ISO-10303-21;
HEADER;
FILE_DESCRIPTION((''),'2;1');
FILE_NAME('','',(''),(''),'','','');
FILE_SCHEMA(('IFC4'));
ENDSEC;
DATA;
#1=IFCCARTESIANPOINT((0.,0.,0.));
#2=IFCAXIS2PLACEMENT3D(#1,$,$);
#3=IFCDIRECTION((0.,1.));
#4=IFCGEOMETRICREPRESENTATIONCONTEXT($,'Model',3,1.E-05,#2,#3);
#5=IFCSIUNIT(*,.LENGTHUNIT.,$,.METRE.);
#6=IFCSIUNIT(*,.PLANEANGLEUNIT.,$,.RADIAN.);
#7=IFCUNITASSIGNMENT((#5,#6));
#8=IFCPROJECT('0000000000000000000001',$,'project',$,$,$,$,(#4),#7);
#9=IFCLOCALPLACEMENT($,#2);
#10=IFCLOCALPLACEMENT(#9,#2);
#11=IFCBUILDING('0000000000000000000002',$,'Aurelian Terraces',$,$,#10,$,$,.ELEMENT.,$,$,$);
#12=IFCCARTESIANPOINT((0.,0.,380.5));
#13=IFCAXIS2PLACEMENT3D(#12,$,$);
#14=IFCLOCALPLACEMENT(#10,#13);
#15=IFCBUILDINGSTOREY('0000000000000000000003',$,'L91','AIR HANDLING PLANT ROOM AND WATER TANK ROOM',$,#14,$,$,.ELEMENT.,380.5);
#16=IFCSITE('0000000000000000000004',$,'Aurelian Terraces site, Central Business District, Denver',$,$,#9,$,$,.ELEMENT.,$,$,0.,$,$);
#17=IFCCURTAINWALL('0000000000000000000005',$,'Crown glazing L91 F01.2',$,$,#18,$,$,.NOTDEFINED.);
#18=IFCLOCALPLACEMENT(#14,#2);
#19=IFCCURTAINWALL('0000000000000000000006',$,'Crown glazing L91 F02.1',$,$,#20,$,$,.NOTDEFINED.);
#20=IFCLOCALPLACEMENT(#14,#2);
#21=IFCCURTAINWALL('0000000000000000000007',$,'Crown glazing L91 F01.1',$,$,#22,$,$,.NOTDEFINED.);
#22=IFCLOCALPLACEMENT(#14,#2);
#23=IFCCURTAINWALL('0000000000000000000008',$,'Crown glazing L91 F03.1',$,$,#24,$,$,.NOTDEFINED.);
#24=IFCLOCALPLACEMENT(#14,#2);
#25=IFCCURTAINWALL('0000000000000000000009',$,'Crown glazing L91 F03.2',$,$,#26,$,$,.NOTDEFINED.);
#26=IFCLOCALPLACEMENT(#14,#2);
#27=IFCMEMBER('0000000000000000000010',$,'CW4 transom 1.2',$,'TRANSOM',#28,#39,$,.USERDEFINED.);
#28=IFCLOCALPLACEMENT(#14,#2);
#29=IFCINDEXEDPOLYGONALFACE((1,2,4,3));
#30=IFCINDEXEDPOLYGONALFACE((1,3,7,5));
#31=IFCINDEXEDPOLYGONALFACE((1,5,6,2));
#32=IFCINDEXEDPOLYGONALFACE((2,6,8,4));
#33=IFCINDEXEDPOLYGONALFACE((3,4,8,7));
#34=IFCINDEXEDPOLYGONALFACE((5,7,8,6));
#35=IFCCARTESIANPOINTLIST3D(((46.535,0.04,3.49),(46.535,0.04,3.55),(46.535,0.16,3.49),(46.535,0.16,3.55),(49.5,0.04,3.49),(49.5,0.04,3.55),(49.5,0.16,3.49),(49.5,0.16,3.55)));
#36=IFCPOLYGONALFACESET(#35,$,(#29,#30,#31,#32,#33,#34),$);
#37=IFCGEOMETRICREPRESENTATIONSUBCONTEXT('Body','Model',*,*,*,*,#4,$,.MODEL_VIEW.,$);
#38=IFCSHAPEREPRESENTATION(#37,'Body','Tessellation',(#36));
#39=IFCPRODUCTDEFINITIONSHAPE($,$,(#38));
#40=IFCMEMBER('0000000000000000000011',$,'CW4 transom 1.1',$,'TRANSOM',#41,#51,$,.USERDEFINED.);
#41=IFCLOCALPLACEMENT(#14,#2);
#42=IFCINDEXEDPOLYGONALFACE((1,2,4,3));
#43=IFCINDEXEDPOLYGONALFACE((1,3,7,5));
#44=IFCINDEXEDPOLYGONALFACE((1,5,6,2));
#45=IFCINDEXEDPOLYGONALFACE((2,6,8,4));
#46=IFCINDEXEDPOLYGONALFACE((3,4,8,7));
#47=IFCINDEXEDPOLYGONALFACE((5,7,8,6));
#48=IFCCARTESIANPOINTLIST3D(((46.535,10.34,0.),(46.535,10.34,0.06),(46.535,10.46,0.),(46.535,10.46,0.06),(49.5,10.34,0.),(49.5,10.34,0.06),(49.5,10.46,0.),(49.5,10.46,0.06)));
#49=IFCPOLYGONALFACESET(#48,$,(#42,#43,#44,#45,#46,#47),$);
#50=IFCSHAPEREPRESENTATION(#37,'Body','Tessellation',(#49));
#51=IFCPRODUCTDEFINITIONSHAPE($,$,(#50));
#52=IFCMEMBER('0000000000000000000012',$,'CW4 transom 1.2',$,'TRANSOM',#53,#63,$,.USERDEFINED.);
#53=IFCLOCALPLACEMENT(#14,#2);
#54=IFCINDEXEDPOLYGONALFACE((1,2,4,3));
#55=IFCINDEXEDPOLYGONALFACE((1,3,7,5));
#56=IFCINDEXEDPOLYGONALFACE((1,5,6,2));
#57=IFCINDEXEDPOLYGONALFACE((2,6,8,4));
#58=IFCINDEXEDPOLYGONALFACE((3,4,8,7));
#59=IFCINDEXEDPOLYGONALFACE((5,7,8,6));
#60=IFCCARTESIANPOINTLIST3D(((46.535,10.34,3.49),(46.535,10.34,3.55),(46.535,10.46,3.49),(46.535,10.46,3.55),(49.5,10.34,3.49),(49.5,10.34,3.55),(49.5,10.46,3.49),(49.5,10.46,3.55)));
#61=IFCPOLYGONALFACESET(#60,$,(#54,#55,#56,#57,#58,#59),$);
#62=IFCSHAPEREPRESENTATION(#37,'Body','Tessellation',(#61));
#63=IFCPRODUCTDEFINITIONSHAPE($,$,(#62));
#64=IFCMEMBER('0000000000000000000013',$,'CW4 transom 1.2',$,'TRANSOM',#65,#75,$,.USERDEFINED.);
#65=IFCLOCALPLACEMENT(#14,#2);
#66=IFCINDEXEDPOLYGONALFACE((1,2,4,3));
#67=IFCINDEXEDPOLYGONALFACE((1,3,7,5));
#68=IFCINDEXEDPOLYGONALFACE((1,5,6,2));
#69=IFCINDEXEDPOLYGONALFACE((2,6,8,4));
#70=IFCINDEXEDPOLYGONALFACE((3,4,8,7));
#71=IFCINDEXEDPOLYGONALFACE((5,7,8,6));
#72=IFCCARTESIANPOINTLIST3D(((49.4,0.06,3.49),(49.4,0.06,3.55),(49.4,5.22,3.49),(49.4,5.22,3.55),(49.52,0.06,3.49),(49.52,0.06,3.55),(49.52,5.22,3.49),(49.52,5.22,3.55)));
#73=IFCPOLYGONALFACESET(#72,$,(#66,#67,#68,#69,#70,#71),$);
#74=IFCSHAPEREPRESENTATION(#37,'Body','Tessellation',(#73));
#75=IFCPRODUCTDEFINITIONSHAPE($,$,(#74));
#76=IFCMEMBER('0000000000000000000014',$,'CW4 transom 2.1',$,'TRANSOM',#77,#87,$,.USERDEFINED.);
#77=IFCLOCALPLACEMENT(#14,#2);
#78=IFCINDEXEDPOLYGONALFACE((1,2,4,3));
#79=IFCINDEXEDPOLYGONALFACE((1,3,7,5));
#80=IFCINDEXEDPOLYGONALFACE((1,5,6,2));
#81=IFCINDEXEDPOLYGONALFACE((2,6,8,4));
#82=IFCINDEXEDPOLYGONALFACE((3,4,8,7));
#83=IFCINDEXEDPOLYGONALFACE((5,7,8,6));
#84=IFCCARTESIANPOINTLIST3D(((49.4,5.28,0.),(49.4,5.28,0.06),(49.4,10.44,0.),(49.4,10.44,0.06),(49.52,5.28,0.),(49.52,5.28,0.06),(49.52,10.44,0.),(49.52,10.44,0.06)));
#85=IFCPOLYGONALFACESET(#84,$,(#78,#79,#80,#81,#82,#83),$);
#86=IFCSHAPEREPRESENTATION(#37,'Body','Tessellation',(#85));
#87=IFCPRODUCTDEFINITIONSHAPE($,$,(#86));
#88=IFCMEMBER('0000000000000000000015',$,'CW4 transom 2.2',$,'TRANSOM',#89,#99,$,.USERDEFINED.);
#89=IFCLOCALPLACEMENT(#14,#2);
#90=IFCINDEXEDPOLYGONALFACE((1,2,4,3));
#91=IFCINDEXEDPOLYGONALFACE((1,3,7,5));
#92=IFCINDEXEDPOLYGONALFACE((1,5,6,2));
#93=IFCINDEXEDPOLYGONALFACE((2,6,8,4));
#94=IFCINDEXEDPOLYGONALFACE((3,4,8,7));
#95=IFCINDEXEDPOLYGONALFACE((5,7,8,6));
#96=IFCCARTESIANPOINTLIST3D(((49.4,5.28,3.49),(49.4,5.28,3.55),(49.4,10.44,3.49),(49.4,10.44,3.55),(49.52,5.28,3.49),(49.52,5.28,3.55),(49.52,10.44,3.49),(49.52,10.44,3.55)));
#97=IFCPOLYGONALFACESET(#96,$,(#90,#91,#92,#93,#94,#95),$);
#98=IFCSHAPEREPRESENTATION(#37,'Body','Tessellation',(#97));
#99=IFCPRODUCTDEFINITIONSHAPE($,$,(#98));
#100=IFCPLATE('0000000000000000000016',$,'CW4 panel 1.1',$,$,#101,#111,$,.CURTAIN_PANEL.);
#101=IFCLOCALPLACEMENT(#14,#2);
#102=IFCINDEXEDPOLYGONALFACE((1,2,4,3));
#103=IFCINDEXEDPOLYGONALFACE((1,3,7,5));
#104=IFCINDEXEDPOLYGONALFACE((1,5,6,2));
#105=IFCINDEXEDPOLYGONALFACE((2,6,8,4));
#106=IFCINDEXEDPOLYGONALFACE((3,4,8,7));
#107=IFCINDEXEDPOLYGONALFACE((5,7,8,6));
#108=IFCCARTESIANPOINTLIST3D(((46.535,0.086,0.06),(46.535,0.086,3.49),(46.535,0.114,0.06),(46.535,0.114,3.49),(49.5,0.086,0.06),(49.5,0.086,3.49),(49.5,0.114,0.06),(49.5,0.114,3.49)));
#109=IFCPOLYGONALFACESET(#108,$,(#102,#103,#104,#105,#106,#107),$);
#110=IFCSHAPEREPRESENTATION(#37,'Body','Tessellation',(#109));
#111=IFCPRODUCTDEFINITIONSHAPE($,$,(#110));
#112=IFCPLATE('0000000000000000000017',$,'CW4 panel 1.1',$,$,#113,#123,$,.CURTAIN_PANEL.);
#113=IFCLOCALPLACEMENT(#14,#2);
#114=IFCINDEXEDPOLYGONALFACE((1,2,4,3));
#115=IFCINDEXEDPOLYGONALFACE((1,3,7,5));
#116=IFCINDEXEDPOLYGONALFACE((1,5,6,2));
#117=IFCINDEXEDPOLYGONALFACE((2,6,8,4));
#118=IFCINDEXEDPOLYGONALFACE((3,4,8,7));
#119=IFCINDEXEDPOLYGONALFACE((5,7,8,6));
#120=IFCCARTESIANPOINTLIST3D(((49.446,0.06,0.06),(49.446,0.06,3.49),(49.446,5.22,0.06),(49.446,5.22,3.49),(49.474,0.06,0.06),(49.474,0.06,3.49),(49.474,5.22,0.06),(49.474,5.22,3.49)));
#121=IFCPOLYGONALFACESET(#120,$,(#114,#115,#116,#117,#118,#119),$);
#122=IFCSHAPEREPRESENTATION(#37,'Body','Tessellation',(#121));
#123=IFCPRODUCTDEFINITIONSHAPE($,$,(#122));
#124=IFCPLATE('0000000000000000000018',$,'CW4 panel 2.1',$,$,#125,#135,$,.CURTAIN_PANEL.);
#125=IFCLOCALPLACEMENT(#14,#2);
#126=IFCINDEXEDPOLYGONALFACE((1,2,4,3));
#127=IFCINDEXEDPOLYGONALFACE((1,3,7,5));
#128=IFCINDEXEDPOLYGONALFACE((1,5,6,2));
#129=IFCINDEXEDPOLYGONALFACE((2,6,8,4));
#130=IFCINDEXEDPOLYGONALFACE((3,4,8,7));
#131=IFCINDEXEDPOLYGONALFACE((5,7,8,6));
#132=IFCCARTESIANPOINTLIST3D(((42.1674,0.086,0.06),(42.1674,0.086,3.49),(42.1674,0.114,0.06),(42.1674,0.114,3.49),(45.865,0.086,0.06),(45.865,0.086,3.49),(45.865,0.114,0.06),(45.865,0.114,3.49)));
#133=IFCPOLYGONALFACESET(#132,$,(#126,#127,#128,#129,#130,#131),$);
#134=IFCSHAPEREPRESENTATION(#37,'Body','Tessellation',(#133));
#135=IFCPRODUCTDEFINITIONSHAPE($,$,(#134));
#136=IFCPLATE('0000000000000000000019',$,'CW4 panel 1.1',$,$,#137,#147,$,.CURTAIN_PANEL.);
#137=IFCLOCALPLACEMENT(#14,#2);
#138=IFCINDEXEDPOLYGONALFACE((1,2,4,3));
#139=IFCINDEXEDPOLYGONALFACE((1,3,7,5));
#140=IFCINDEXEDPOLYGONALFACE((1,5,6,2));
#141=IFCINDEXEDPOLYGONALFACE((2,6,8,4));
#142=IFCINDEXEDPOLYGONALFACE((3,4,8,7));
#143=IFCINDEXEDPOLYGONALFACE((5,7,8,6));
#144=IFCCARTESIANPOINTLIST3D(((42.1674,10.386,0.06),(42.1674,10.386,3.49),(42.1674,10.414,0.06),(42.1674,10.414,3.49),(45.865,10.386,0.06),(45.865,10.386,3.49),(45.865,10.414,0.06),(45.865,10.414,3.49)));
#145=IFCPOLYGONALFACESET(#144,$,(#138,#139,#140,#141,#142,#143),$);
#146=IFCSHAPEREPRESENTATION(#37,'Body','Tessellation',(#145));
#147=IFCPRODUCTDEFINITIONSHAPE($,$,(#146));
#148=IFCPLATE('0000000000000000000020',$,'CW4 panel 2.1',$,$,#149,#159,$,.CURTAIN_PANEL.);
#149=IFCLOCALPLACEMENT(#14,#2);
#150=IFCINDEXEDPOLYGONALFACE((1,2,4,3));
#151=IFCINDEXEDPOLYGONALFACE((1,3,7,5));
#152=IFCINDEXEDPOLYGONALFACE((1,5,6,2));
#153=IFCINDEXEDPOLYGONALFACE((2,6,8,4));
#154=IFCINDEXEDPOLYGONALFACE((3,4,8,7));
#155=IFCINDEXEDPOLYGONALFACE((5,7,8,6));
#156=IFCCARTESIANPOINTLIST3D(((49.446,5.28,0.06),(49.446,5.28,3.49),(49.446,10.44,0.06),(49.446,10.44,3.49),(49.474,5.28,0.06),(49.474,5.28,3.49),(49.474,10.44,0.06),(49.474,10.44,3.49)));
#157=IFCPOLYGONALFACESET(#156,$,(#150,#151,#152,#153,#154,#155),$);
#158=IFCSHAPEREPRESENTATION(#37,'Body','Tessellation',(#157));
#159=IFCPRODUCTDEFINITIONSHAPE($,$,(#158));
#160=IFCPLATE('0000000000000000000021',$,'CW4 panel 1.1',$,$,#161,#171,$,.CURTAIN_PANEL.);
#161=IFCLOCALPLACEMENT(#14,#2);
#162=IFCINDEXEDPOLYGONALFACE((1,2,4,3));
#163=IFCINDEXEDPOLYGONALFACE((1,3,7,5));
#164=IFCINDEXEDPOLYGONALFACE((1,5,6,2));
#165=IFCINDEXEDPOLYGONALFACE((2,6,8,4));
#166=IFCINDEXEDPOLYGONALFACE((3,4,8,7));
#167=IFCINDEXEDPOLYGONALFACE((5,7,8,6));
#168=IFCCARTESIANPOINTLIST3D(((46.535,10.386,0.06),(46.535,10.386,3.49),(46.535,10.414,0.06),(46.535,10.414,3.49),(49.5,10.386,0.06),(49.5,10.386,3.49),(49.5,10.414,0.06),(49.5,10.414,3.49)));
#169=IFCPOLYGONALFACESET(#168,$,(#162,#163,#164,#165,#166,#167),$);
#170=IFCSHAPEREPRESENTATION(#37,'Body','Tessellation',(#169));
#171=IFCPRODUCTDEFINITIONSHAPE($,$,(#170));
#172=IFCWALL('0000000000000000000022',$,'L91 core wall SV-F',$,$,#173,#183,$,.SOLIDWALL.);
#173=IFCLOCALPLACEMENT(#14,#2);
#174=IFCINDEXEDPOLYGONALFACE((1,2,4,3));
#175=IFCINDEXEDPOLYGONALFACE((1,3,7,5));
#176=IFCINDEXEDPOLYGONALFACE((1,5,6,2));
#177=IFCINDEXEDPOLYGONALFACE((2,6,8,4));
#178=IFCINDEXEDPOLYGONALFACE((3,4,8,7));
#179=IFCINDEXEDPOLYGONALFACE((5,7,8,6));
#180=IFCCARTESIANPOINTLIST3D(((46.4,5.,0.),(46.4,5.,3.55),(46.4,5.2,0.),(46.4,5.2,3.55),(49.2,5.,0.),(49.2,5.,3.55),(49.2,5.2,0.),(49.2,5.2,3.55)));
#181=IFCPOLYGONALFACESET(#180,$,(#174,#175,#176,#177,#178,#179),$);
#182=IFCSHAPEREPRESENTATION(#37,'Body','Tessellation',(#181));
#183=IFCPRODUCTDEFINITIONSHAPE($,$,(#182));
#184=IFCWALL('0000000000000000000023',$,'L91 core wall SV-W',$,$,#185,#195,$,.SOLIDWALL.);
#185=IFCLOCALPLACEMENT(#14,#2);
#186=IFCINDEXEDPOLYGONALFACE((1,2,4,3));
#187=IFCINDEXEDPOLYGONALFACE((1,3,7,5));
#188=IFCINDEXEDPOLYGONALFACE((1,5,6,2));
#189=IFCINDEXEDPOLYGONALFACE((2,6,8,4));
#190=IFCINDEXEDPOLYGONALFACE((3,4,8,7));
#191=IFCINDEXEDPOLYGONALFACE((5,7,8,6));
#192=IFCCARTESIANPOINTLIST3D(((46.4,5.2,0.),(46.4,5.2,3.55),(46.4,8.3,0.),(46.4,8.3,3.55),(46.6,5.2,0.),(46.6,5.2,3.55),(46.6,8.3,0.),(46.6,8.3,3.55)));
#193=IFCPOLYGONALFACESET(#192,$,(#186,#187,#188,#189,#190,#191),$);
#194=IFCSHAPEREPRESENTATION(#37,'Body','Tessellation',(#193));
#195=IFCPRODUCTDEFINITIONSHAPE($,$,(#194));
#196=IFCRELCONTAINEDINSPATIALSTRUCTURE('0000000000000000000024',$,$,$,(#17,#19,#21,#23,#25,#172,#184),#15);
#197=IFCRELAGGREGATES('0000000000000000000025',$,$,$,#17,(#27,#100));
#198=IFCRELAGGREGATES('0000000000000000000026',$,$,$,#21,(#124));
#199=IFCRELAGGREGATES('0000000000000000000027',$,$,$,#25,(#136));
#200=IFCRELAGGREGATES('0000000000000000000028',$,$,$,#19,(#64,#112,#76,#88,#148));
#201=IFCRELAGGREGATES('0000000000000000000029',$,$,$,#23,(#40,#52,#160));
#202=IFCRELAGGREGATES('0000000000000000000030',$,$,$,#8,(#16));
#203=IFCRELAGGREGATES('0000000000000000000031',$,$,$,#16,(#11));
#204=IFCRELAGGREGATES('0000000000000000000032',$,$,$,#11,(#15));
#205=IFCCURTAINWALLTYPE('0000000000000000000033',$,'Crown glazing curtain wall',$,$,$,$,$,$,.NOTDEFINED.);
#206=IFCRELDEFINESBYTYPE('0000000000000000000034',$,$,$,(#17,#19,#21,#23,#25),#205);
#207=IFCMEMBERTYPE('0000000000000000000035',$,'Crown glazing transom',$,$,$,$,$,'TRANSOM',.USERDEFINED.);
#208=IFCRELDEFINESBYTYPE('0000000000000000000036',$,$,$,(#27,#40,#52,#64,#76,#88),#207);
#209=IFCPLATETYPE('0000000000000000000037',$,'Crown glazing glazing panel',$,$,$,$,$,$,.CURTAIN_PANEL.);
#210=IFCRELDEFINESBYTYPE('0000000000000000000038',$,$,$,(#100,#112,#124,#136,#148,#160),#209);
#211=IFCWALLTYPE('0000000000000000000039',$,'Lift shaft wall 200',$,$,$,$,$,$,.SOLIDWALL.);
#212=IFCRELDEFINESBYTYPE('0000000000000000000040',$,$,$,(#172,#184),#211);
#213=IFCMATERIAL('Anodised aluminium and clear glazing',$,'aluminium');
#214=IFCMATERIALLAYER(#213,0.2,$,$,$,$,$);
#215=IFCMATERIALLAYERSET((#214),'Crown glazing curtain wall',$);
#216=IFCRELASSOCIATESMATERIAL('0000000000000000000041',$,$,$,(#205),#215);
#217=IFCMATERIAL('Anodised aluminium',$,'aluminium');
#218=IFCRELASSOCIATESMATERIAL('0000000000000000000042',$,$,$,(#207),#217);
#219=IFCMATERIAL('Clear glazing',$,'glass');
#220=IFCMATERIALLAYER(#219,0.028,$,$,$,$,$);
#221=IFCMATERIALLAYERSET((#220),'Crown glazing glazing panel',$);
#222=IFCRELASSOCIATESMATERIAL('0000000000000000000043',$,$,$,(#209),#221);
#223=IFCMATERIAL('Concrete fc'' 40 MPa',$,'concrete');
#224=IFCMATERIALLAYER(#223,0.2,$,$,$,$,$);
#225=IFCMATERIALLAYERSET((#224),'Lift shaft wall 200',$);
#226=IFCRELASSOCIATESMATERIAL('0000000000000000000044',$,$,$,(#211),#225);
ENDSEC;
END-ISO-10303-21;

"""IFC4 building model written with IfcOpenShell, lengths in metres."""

from ifc_helpers import new_model, si_unit, direction, frame, frame_2d, origin, origin_2d, place, context, subcontext, project, spatial, rectangle, extrude, source, transform, mapped, material, layer, layer_set, material_profile, profile_set, type_object, element, aggregate, save


model = new_model("IFC4")

# Units and contexts
model_context = context("Model", 3, precision=1e-05, world=origin(), true_north=direction((0.0, 1.0)))
body_context = subcontext(model_context, "Body", "Model", "MODEL_VIEW")
ifc_project = project(units=[si_unit("LENGTHUNIT", "METRE"), si_unit("PLANEANGLEUNIT", "RADIAN")], contexts=[model_context])

# Site, building, storey
site_placement = place(None, origin())
site = spatial("IfcSite", under=ifc_project, at=site_placement, Name="Aurelian Terraces site, Central Business District, Denver", CompositionType="ELEMENT", RefElevation=0.0)
building_placement = place(site_placement, origin())
building = spatial("IfcBuilding", under=site, at=building_placement, Name="Aurelian Terraces", CompositionType="ELEMENT")
storey_placement = place(building_placement, frame((0.0, 0.0, 380.5)))
storey = spatial("IfcBuildingStorey", under=building, at=storey_placement, Name="L91", Description="AIR HANDLING PLANT ROOM AND WATER TANK ROOM", CompositionType="ELEMENT", Elevation=380.5)

# Curtain walls
ifc_material_1 = material(Name="Anodised aluminium and clear glazing", Category="aluminium")
ifc_layer_1 = layer(ifc_material_1, 0.2)
ifc_layer_set_1 = layer_set([ifc_layer_1], Name="Crown glazing curtain wall")
curtain_wall_type = type_object("IfcCurtainWallType", Name="Crown glazing curtain wall", PredefinedType="NOTDEFINED", material=ifc_layer_set_1)
curtain_wall_1_placement = place(storey_placement, origin())
curtain_wall_1 = element("IfcCurtainWall", 1, at=curtain_wall_1_placement, inside=storey, type_object=curtain_wall_type, Name="Crown glazing L91 F01.2", PredefinedType="NOTDEFINED")
ifc_material_2 = material(Name="Anodised aluminium", Category="aluminium")
ifc_material_profile_1 = material_profile(ifc_material_2, rectangle(XDim=0.12, YDim=0.06, at=origin_2d()))
ifc_profile_set_1 = profile_set([ifc_material_profile_1], Name="Anodised aluminium")
member_type_1 = type_object("IfcMemberType", Name="Crown glazing transom", ElementType="TRANSOM", PredefinedType="USERDEFINED", material=ifc_profile_set_1)
curtain_wall_2_placement = place(storey_placement, origin())
curtain_wall_2 = element("IfcCurtainWall", 2, at=curtain_wall_2_placement, inside=storey, type_object=curtain_wall_type, Name="Crown glazing L91 F02.1", PredefinedType="NOTDEFINED")
curtain_wall_3_placement = place(storey_placement, origin())
curtain_wall_3 = element("IfcCurtainWall", 3, at=curtain_wall_3_placement, inside=storey, type_object=curtain_wall_type, Name="Crown glazing L91 F01.1", PredefinedType="NOTDEFINED")

# Curtain walls
curtain_wall_4_placement = place(storey_placement, origin())
curtain_wall_4 = element("IfcCurtainWall", 4, at=curtain_wall_4_placement, inside=storey, type_object=curtain_wall_type, Name="Crown glazing L91 F03.1", PredefinedType="NOTDEFINED")
curtain_wall_5_placement = place(storey_placement, origin())
curtain_wall_5 = element("IfcCurtainWall", 5, at=curtain_wall_5_placement, inside=storey, type_object=curtain_wall_type, Name="Crown glazing L91 F03.2", PredefinedType="NOTDEFINED")

# Members
shared_shape_1 = source(origin(), body_context, "Body", "SweptSolid", [
    extrude(rectangle(XDim=0.12, YDim=0.06, at=origin_2d()), origin(), (0.0, 0.0, 1.0), 2.965),
])
member_1_placement = place(storey_placement, frame((46.535, 0.1, 3.52), z_axis=(1.0, 0.0, 0.0), x_axis=(0.0, 1.0, 0.0)))
member_1 = element("IfcMember", 6, at=member_1_placement, type_object=member_type_1, Name="CW4 transom 1.2", ObjectType="TRANSOM", PredefinedType="USERDEFINED", context=body_context, shape_type="MappedRepresentation", body=[
    mapped(shared_shape_1, transform((0.0, 0.0, 0.0), scale=1.0)),
])
member_2_placement = place(storey_placement, frame((49.5, 10.4, 0.03), z_axis=(-1.0, 0.0, 0.0), x_axis=(0.0, -1.0, 0.0)))
member_2 = element("IfcMember", 7, at=member_2_placement, type_object=member_type_1, Name="CW4 transom 1.1", ObjectType="TRANSOM", PredefinedType="USERDEFINED", context=body_context, shape_type="MappedRepresentation", body=[
    mapped(shared_shape_1, transform((0.0, 0.0, 0.0), scale=1.0)),
])
member_3_placement = place(storey_placement, frame((49.5, 10.4, 3.52), z_axis=(-1.0, 0.0, 0.0), x_axis=(0.0, -1.0, 0.0)))
member_3 = element("IfcMember", 8, at=member_3_placement, type_object=member_type_1, Name="CW4 transom 1.2", ObjectType="TRANSOM", PredefinedType="USERDEFINED", context=body_context, shape_type="MappedRepresentation", body=[
    mapped(shared_shape_1, transform((0.0, 0.0, 0.0), scale=1.0)),
])
shared_shape_2 = source(origin(), body_context, "Body", "SweptSolid", [
    extrude(rectangle(XDim=0.12, YDim=0.06, at=origin_2d()), origin(), (0.0, 0.0, 1.0), 5.16),
])
member_4_placement = place(storey_placement, frame((49.46, 0.06, 3.52), z_axis=(0.0, 1.0, 0.0), x_axis=(-1.0, 0.0, 0.0)))
member_4 = element("IfcMember", 9, at=member_4_placement, type_object=member_type_1, Name="CW4 transom 1.2", ObjectType="TRANSOM", PredefinedType="USERDEFINED", context=body_context, shape_type="MappedRepresentation", body=[
    mapped(shared_shape_2, transform((0.0, 0.0, 0.0), scale=1.0)),
])
member_5_placement = place(storey_placement, frame((49.46, 5.28, 0.03), z_axis=(0.0, 1.0, 0.0), x_axis=(-1.0, 0.0, 0.0)))
member_5 = element("IfcMember", 10, at=member_5_placement, type_object=member_type_1, Name="CW4 transom 2.1", ObjectType="TRANSOM", PredefinedType="USERDEFINED", context=body_context, shape_type="MappedRepresentation", body=[
    mapped(shared_shape_2, transform((0.0, 0.0, 0.0), scale=1.0)),
])
member_6_placement = place(storey_placement, frame((49.46, 5.28, 3.52), z_axis=(0.0, 1.0, 0.0), x_axis=(-1.0, 0.0, 0.0)))
member_6 = element("IfcMember", 11, at=member_6_placement, type_object=member_type_1, Name="CW4 transom 2.2", ObjectType="TRANSOM", PredefinedType="USERDEFINED", context=body_context, shape_type="MappedRepresentation", body=[
    mapped(shared_shape_2, transform((0.0, 0.0, 0.0), scale=1.0)),
])

# Plates
ifc_material_3 = material(Name="Clear glazing", Category="glass")
ifc_layer_2 = layer(ifc_material_3, 0.028)
ifc_layer_set_2 = layer_set([ifc_layer_2], Name="Crown glazing glazing panel")
plate_type = type_object("IfcPlateType", Name="Crown glazing glazing panel", PredefinedType="CURTAIN_PANEL", material=ifc_layer_set_2)
plate_1_placement = place(storey_placement, frame((48.0175, 0.1, 0.06), z_axis=(0.0, 0.0, 1.0), x_axis=(1.0, 0.0, 0.0)))
plate_1 = element("IfcPlate", 12, at=plate_1_placement, type_object=plate_type, Name="CW4 panel 1.1", PredefinedType="CURTAIN_PANEL", context=body_context, shape_type="SweptSolid", body=[
    extrude(rectangle(XDim=2.965, YDim=0.028, at=origin_2d()), origin(), (0.0, 0.0, 1.0), 3.43),
])
aggregate(curtain_wall_1, [member_1, plate_1])
plate_2_placement = place(storey_placement, frame((49.46, 2.64, 0.06), z_axis=(0.0, 0.0, 1.0), x_axis=(0.0, 1.0, 0.0)))
plate_2 = element("IfcPlate", 13, at=plate_2_placement, type_object=plate_type, Name="CW4 panel 1.1", PredefinedType="CURTAIN_PANEL", context=body_context, shape_type="SweptSolid", body=[
    extrude(rectangle(XDim=5.16, YDim=0.028, at=origin_2d()), origin(), (0.0, 0.0, 1.0), 3.43),
])
shared_shape_3 = source(origin(), body_context, "Body", "SweptSolid", [
    extrude(rectangle(XDim=3.6975, YDim=0.028, at=origin_2d()), origin(), (0.0, 0.0, 1.0), 3.43),
])
plate_3_placement = place(storey_placement, frame((44.0162, 0.1, 0.06), z_axis=(0.0, 0.0, 1.0), x_axis=(1.0, 0.0, 0.0)))
plate_3 = element("IfcPlate", 14, at=plate_3_placement, type_object=plate_type, Name="CW4 panel 2.1", PredefinedType="CURTAIN_PANEL", context=body_context, shape_type="MappedRepresentation", body=[
    mapped(shared_shape_3, transform((0.0, 0.0, 0.0), scale=1.0)),
])
aggregate(curtain_wall_3, [plate_3])
plate_4_placement = place(storey_placement, frame((44.0162, 10.4, 0.06), z_axis=(0.0, 0.0, 1.0), x_axis=(-1.0, 0.0, 0.0)))
plate_4 = element("IfcPlate", 15, at=plate_4_placement, type_object=plate_type, Name="CW4 panel 1.1", PredefinedType="CURTAIN_PANEL", context=body_context, shape_type="MappedRepresentation", body=[
    mapped(shared_shape_3, transform((0.0, 0.0, 0.0), scale=1.0)),
])
aggregate(curtain_wall_5, [plate_4])
shared_shape_4 = source(origin(), body_context, "Body", "SweptSolid", [
    extrude(rectangle(XDim=5.16, YDim=0.028, at=origin_2d()), origin(), (0.0, 0.0, 1.0), 3.43),
])
plate_5_placement = place(storey_placement, frame((49.46, 7.86, 0.06), z_axis=(0.0, 0.0, 1.0), x_axis=(0.0, 1.0, 0.0)))
plate_5 = element("IfcPlate", 16, at=plate_5_placement, type_object=plate_type, Name="CW4 panel 2.1", PredefinedType="CURTAIN_PANEL", context=body_context, shape_type="MappedRepresentation", body=[
    mapped(shared_shape_4, transform((0.0, 0.0, 0.0), scale=1.0)),
])
aggregate(curtain_wall_2, [member_4, plate_2, member_5, member_6, plate_5])
shared_shape_5 = source(origin(), body_context, "Body", "SweptSolid", [
    extrude(rectangle(XDim=2.965, YDim=0.028, at=origin_2d()), origin(), (0.0, 0.0, 1.0), 3.43),
])
plate_6_placement = place(storey_placement, frame((48.0175, 10.4, 0.06), z_axis=(0.0, 0.0, 1.0), x_axis=(-1.0, 0.0, 0.0)))
plate_6 = element("IfcPlate", 17, at=plate_6_placement, type_object=plate_type, Name="CW4 panel 1.1", PredefinedType="CURTAIN_PANEL", context=body_context, shape_type="MappedRepresentation", body=[
    mapped(shared_shape_5, transform((0.0, 0.0, 0.0), scale=1.0)),
])
aggregate(curtain_wall_4, [member_2, member_3, plate_6])

# Walls
ifc_material_4 = material(Name="Concrete fc' 40 MPa", Category="concrete")
ifc_layer_3 = layer(ifc_material_4, 0.2)
ifc_layer_set_3 = layer_set([ifc_layer_3], Name="Lift shaft wall 200")
wall_type_1 = type_object("IfcWallType", Name="Lift shaft wall 200", PredefinedType="SOLIDWALL", material=ifc_layer_set_3)
wall_1_placement = place(storey_placement, frame((46.4, 5.1, 0.0), z_axis=(0.0, 0.0, 1.0), x_axis=(1.0, 0.0, 0.0)))
element("IfcWall", 18, at=wall_1_placement, inside=storey, type_object=wall_type_1, Name="L91 core wall SV-F", PredefinedType="SOLIDWALL", context=body_context, shape_type="SweptSolid", body=[
    extrude(rectangle(XDim=2.8, YDim=0.2, at=frame_2d((1.4, 0.0))), origin(), (0.0, 0.0, 1.0), 3.55),
])
shared_shape_6 = source(origin(), body_context, "Body", "SweptSolid", [
    extrude(rectangle(XDim=3.1, YDim=0.2, at=frame_2d((1.55, 0.0))), origin(), (0.0, 0.0, 1.0), 3.55),
])
for number, where, z_axis, x_axis, name in (
    (19, (46.5, 5.2, 0.0), (0.0, 0.0, 1.0), (0.0, 1.0, 0.0), "L91 core wall SV-W"),
):
    element("IfcWall", number, at=place(storey_placement, frame(where, z_axis=z_axis, x_axis=x_axis)), inside=storey, type_object=wall_type_1, Name=name, PredefinedType="SOLIDWALL", context=body_context, shape_type="MappedRepresentation", body=[
        mapped(shared_shape_6, transform((0.0, 0.0, 0.0), scale=1.0)),
    ])

save(model, "model.ifc")
